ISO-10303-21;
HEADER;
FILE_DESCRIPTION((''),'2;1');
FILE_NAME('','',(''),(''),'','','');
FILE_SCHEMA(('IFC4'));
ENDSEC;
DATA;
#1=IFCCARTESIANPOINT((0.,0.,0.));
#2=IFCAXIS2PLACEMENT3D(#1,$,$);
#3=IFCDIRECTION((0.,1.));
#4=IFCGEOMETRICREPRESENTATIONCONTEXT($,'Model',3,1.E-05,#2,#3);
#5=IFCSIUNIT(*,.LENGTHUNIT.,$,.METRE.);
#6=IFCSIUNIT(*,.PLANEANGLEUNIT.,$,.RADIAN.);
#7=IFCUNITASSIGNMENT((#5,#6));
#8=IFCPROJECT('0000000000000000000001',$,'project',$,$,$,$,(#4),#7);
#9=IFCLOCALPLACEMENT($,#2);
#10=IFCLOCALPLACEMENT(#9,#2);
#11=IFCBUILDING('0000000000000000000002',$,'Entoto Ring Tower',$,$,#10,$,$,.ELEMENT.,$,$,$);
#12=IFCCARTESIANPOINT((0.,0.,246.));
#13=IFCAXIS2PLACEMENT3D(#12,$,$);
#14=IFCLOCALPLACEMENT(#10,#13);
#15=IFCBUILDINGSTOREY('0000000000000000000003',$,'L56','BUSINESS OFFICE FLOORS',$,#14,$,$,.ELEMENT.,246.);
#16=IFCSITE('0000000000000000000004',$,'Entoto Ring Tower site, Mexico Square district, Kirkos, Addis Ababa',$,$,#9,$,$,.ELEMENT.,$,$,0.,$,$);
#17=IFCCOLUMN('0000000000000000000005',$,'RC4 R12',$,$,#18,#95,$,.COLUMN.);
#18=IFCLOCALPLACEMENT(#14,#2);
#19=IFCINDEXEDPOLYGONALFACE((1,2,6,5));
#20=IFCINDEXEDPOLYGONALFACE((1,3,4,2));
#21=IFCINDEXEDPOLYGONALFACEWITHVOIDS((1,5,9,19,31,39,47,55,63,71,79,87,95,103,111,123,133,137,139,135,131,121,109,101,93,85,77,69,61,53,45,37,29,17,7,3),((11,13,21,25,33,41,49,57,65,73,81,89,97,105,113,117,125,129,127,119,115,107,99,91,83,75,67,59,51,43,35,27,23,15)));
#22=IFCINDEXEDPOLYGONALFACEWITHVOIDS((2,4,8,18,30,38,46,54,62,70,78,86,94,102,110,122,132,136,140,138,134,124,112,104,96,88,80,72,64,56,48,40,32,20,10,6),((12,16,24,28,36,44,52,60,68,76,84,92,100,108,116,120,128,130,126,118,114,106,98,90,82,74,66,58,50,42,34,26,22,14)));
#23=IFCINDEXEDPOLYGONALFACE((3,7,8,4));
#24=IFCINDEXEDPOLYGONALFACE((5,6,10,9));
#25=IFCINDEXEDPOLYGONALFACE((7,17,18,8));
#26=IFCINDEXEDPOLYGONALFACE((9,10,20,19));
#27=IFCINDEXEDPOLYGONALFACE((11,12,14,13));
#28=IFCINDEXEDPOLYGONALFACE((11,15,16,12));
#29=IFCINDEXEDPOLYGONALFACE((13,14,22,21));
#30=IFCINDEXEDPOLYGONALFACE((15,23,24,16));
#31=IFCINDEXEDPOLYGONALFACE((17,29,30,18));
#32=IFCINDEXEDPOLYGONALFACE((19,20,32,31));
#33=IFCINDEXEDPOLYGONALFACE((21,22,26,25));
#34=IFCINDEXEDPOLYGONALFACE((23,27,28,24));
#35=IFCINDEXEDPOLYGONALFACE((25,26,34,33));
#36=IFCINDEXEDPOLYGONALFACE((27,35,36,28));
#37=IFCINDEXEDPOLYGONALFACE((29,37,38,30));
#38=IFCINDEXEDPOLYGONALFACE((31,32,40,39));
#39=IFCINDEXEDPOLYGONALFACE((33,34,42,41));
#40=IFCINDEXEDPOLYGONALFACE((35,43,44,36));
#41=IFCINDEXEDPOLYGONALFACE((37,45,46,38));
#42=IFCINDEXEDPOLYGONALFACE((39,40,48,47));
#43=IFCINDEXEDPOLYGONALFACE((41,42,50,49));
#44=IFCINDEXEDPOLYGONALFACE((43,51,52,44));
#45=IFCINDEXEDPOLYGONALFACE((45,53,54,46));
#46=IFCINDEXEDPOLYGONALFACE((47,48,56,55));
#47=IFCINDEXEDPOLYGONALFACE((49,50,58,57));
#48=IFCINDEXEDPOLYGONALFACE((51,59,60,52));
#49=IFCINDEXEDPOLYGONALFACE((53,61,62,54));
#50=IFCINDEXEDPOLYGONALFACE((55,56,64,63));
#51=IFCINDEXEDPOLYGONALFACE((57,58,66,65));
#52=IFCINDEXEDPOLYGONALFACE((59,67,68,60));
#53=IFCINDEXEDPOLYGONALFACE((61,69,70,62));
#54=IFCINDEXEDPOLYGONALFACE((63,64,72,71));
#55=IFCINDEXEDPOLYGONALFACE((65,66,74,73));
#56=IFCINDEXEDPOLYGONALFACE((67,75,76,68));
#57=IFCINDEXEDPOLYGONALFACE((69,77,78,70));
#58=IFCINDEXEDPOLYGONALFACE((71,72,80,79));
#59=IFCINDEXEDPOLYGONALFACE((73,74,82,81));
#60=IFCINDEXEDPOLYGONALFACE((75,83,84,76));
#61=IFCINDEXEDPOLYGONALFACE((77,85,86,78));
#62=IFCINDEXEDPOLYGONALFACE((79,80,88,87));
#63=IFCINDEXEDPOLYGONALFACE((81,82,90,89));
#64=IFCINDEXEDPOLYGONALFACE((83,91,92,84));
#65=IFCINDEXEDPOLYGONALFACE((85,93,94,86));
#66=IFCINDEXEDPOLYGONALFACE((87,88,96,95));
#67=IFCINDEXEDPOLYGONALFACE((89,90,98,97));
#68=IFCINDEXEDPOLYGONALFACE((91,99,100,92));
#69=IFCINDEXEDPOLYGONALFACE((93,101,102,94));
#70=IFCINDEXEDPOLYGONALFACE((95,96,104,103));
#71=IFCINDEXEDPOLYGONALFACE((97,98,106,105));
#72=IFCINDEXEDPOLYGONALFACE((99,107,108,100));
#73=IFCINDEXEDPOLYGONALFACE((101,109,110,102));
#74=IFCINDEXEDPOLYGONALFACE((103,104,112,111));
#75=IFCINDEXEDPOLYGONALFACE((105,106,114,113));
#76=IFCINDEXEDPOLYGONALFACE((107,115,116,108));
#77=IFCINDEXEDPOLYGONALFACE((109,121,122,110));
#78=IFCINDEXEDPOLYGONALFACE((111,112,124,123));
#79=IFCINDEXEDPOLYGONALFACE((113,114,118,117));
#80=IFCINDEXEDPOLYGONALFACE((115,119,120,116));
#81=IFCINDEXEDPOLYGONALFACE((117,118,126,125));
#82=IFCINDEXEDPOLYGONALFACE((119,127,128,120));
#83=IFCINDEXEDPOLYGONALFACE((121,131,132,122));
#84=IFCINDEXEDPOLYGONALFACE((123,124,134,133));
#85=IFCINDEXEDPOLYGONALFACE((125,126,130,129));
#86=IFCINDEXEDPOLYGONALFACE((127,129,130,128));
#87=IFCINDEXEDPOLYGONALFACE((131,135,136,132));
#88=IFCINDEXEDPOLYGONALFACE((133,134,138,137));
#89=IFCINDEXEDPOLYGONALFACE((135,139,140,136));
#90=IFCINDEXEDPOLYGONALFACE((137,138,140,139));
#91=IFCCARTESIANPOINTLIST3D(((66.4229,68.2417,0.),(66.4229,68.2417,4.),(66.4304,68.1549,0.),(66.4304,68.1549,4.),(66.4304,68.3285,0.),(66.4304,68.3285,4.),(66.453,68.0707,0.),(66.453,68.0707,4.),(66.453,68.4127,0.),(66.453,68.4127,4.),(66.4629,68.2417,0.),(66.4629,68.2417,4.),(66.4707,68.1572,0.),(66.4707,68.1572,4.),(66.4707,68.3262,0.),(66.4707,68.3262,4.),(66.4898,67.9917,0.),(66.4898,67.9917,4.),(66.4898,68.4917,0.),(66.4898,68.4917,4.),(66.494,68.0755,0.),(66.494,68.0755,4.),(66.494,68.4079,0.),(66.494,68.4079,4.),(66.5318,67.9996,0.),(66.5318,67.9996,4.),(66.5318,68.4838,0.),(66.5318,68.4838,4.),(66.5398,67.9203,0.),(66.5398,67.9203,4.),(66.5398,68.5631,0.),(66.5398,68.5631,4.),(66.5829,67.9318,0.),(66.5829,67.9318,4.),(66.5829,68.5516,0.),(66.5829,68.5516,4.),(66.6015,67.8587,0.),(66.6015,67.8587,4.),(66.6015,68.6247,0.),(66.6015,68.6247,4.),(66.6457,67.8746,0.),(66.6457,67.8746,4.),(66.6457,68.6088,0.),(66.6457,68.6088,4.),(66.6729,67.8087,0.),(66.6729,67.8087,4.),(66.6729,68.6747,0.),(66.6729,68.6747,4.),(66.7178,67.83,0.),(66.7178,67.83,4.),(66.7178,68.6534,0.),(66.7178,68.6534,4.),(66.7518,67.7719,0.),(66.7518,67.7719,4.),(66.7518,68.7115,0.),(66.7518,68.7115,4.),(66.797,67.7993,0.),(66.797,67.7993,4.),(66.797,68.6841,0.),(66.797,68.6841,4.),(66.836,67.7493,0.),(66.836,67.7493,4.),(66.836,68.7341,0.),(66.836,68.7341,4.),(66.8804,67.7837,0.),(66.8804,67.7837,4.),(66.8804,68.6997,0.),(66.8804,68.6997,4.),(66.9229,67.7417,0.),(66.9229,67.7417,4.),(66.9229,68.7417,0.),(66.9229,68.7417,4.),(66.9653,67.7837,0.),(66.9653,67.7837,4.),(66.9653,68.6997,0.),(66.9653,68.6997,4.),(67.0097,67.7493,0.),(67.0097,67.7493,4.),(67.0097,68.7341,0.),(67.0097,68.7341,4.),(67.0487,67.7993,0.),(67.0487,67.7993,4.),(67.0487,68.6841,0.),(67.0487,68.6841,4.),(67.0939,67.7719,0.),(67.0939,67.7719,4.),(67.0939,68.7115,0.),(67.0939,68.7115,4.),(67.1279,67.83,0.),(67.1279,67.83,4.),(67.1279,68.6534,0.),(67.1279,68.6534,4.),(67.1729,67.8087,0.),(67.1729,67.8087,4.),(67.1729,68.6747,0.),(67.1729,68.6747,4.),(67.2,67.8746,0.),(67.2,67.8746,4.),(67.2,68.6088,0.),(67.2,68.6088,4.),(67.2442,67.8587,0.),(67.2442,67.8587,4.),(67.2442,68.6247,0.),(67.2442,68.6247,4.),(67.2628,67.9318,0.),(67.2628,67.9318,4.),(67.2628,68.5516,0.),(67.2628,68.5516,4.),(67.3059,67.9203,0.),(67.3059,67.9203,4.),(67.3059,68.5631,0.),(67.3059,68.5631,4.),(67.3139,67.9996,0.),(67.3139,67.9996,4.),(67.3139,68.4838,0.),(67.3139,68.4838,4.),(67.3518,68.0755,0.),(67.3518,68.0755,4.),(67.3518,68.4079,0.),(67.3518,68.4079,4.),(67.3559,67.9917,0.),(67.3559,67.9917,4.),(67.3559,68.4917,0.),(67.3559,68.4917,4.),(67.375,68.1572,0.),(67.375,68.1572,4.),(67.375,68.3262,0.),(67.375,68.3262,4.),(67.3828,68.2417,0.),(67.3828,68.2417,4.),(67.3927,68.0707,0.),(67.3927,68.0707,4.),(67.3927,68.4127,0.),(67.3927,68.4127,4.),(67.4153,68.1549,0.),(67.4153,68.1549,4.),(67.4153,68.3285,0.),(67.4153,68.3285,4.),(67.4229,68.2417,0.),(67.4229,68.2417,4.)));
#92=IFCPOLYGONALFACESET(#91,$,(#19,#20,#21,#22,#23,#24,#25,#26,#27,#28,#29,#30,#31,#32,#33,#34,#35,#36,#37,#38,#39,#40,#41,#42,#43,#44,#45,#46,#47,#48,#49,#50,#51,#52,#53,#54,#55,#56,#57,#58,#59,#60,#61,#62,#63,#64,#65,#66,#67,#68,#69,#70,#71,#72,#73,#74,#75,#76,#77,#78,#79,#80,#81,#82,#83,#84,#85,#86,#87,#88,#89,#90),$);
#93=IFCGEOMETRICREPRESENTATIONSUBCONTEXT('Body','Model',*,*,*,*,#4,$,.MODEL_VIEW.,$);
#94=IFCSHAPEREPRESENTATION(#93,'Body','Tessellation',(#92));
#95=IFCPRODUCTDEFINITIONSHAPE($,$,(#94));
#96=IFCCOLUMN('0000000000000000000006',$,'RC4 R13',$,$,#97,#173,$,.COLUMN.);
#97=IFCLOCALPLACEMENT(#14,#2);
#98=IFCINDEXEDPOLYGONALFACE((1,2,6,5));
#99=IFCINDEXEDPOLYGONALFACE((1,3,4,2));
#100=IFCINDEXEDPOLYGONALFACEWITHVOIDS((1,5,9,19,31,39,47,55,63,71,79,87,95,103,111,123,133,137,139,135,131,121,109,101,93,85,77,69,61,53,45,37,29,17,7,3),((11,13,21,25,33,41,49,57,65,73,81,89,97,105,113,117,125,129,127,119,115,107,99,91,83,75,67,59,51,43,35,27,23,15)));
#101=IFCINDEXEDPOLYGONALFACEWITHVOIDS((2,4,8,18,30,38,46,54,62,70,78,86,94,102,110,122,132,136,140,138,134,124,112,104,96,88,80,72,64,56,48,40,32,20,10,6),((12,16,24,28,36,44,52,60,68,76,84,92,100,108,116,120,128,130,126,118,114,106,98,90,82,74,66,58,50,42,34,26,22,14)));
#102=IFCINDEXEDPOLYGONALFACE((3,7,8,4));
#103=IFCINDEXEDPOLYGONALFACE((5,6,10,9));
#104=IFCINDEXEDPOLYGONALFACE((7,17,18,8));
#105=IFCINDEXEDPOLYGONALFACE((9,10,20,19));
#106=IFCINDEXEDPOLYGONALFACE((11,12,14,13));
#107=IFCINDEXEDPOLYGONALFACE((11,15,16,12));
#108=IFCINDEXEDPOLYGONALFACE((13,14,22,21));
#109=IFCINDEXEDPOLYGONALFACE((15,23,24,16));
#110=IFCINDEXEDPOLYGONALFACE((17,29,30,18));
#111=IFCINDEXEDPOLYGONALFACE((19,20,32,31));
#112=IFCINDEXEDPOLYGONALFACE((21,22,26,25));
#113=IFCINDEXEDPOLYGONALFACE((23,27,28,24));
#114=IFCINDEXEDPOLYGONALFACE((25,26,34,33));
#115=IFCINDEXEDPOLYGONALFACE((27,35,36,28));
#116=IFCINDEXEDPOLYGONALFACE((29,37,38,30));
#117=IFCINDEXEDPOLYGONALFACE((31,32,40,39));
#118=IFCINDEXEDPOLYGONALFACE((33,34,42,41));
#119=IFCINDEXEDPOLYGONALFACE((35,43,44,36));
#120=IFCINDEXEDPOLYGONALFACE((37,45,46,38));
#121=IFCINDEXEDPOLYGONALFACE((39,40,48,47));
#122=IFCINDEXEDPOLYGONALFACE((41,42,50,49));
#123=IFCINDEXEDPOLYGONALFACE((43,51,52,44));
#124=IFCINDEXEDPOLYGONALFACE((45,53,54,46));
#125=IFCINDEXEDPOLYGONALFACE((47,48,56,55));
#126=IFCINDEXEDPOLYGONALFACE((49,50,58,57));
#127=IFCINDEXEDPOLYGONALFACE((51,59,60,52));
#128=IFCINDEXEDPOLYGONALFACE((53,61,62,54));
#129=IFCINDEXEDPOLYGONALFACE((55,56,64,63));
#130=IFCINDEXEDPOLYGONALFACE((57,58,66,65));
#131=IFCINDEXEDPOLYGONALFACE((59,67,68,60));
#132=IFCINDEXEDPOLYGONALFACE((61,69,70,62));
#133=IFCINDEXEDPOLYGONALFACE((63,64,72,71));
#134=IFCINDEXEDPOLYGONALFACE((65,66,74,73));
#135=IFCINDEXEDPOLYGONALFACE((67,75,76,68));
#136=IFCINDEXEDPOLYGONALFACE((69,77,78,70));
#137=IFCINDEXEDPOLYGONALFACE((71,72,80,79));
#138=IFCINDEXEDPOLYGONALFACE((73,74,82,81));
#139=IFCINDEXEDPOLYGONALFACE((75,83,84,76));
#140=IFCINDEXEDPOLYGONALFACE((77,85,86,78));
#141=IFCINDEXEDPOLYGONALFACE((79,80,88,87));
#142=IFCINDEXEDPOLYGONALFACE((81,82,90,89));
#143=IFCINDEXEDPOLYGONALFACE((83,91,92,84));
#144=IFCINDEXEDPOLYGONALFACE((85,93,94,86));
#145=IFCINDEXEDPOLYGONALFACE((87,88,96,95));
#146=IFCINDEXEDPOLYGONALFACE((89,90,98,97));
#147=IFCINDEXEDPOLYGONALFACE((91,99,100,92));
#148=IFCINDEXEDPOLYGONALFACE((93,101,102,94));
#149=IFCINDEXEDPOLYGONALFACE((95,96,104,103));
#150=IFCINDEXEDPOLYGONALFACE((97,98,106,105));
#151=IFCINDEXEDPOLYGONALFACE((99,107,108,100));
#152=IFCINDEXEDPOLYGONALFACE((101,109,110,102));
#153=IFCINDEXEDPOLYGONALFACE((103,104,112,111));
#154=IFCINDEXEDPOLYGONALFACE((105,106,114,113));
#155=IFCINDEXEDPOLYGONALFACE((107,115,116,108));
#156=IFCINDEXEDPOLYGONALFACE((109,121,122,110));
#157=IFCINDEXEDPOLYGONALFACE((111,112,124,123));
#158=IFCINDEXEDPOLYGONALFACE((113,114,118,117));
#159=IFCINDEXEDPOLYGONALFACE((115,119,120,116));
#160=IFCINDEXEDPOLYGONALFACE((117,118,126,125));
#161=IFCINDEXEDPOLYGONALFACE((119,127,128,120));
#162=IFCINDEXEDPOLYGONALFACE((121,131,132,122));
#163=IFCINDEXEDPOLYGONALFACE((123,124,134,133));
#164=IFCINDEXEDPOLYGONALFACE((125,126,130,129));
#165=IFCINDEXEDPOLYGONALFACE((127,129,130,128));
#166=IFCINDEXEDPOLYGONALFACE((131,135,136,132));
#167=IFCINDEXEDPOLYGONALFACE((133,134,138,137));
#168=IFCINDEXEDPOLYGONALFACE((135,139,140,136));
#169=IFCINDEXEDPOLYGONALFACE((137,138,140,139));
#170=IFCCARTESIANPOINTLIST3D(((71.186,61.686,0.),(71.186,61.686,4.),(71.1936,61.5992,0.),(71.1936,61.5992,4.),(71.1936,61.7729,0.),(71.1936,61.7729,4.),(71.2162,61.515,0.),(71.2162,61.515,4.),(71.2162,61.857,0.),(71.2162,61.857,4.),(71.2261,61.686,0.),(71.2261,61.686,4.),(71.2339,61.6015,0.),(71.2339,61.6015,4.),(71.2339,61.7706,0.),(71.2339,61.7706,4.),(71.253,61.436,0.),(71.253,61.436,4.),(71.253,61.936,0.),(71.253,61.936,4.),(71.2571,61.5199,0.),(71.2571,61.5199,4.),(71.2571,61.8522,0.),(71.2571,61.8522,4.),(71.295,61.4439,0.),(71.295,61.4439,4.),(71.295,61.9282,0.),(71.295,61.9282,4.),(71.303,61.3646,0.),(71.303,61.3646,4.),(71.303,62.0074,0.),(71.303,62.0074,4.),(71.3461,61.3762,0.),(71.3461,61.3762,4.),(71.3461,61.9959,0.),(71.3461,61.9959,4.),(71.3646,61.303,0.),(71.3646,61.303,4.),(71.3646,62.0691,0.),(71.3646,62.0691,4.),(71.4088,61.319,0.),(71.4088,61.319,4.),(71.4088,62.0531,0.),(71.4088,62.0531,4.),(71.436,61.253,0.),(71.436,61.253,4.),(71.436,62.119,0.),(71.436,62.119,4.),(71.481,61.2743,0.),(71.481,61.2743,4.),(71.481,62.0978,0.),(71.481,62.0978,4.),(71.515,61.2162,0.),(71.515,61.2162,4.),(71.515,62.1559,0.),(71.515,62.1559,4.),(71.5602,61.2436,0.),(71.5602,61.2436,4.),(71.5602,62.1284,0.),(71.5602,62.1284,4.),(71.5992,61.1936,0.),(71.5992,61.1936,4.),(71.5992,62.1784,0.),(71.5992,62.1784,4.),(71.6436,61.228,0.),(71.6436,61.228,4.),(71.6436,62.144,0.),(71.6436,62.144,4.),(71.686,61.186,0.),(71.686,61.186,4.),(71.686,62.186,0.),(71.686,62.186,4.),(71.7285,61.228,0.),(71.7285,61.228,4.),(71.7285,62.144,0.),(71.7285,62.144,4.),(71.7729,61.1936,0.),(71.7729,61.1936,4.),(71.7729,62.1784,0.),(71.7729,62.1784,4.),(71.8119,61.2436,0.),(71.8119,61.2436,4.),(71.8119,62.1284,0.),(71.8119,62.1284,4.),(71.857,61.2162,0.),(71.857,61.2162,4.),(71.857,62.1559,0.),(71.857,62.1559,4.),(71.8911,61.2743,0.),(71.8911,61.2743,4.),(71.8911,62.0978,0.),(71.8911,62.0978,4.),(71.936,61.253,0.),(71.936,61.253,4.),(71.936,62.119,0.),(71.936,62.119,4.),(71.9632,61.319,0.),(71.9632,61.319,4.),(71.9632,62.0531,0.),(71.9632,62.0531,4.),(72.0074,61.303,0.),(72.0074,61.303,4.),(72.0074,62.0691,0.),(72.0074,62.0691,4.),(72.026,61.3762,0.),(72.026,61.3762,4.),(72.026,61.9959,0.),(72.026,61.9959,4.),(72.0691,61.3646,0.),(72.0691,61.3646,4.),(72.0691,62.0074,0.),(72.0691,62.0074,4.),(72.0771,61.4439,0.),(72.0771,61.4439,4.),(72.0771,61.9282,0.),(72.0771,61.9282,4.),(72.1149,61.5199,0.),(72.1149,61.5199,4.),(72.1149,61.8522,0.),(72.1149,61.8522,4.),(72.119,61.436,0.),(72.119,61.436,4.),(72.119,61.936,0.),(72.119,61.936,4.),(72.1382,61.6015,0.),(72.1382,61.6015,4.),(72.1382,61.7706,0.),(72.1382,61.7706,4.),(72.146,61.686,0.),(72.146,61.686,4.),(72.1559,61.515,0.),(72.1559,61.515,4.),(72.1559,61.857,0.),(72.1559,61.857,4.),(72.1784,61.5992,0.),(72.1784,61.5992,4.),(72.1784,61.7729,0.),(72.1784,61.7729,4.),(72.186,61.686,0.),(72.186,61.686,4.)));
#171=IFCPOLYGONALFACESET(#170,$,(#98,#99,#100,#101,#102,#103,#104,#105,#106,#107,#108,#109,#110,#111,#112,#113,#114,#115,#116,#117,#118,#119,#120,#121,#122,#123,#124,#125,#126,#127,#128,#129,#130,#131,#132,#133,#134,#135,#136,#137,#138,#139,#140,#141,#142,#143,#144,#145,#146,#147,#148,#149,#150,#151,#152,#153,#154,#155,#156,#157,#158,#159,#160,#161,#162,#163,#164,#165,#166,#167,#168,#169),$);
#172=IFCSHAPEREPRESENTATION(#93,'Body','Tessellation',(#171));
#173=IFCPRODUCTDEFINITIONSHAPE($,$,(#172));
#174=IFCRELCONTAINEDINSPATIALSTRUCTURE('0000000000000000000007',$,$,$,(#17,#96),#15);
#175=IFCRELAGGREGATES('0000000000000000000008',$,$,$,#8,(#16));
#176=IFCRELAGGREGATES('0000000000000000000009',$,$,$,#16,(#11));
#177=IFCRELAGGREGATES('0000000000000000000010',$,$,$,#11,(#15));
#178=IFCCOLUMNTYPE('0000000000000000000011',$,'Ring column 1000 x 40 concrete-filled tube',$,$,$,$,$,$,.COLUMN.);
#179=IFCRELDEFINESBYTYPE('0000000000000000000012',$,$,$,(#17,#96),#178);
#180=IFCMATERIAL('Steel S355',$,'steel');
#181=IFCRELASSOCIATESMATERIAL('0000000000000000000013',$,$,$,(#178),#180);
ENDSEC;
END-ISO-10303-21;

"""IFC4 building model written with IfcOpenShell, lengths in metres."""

from ifc_helpers import new_model, si_unit, direction, frame, origin, origin_2d, place, context, subcontext, project, spatial, circle, hollow_circle, extrude, material, material_profile, profile_set, type_object, element, save


model = new_model("IFC4")

# Units and contexts
model_context = context("Model", 3, precision=1e-05, world=origin(), true_north=direction((0.0, 1.0)))
body_context = subcontext(model_context, "Body", "Model", "MODEL_VIEW")
ifc_project = project(units=[si_unit("LENGTHUNIT", "METRE"), si_unit("PLANEANGLEUNIT", "RADIAN")], contexts=[model_context])

# Site, building, storey
site_placement = place(None, origin())
site = spatial("IfcSite", under=ifc_project, at=site_placement, Name="Entoto Ring Tower site, Mexico Square district, Kirkos, Addis Ababa", CompositionType="ELEMENT", RefElevation=0.0)
building_placement = place(site_placement, origin())
building = spatial("IfcBuilding", under=site, at=building_placement, Name="Entoto Ring Tower", CompositionType="ELEMENT")
storey_placement = place(building_placement, frame((0.0, 0.0, 246.0)))
storey = spatial("IfcBuildingStorey", under=building, at=storey_placement, Name="L56", Description="BUSINESS OFFICE FLOORS", CompositionType="ELEMENT", Elevation=246.0)

# Columns
ifc_material_1 = material(Name="Steel S355", Category="steel")
ifc_material_profile_1 = material_profile(ifc_material_1, hollow_circle(Radius=0.5, WallThickness=0.04, at=origin_2d()), Name="CHS 1000 x 40")
ifc_material_2 = material(Name="Concrete C60/75", Category="concrete")
ifc_material_profile_2 = material_profile(ifc_material_2, circle(Radius=0.46, at=origin_2d()), Name="Concrete C60/75 infill")
ifc_profile_set_1 = profile_set([ifc_material_profile_1, ifc_material_profile_2], Name="Steel S355")
column_type = type_object("IfcColumnType", Name="Ring column 1000 x 40 concrete-filled tube", PredefinedType="COLUMN", material=ifc_profile_set_1)
for number, where, z_axis, x_axis, name in (
    (1, (66.9229, 68.2417, 0.0), (0.0, 0.0, 1.0), (1.0, 0.0, 0.0), "RC4 R12"),
    (2, (71.686, 61.686, 0.0), (0.0, 0.0, 1.0), (1.0, 0.0, 0.0), "RC4 R13"),
):
    element("IfcColumn", number, at=place(storey_placement, frame(where, z_axis=z_axis, x_axis=x_axis)), inside=storey, type_object=column_type, Name=name, PredefinedType="COLUMN", context=body_context, shape_type="SweptSolid", body=[
        extrude(hollow_circle(Radius=0.5, WallThickness=0.04, at=origin_2d()), origin(), (0.0, 0.0, 1.0), 4.0),
    ])

save(model, "model.ifc")
